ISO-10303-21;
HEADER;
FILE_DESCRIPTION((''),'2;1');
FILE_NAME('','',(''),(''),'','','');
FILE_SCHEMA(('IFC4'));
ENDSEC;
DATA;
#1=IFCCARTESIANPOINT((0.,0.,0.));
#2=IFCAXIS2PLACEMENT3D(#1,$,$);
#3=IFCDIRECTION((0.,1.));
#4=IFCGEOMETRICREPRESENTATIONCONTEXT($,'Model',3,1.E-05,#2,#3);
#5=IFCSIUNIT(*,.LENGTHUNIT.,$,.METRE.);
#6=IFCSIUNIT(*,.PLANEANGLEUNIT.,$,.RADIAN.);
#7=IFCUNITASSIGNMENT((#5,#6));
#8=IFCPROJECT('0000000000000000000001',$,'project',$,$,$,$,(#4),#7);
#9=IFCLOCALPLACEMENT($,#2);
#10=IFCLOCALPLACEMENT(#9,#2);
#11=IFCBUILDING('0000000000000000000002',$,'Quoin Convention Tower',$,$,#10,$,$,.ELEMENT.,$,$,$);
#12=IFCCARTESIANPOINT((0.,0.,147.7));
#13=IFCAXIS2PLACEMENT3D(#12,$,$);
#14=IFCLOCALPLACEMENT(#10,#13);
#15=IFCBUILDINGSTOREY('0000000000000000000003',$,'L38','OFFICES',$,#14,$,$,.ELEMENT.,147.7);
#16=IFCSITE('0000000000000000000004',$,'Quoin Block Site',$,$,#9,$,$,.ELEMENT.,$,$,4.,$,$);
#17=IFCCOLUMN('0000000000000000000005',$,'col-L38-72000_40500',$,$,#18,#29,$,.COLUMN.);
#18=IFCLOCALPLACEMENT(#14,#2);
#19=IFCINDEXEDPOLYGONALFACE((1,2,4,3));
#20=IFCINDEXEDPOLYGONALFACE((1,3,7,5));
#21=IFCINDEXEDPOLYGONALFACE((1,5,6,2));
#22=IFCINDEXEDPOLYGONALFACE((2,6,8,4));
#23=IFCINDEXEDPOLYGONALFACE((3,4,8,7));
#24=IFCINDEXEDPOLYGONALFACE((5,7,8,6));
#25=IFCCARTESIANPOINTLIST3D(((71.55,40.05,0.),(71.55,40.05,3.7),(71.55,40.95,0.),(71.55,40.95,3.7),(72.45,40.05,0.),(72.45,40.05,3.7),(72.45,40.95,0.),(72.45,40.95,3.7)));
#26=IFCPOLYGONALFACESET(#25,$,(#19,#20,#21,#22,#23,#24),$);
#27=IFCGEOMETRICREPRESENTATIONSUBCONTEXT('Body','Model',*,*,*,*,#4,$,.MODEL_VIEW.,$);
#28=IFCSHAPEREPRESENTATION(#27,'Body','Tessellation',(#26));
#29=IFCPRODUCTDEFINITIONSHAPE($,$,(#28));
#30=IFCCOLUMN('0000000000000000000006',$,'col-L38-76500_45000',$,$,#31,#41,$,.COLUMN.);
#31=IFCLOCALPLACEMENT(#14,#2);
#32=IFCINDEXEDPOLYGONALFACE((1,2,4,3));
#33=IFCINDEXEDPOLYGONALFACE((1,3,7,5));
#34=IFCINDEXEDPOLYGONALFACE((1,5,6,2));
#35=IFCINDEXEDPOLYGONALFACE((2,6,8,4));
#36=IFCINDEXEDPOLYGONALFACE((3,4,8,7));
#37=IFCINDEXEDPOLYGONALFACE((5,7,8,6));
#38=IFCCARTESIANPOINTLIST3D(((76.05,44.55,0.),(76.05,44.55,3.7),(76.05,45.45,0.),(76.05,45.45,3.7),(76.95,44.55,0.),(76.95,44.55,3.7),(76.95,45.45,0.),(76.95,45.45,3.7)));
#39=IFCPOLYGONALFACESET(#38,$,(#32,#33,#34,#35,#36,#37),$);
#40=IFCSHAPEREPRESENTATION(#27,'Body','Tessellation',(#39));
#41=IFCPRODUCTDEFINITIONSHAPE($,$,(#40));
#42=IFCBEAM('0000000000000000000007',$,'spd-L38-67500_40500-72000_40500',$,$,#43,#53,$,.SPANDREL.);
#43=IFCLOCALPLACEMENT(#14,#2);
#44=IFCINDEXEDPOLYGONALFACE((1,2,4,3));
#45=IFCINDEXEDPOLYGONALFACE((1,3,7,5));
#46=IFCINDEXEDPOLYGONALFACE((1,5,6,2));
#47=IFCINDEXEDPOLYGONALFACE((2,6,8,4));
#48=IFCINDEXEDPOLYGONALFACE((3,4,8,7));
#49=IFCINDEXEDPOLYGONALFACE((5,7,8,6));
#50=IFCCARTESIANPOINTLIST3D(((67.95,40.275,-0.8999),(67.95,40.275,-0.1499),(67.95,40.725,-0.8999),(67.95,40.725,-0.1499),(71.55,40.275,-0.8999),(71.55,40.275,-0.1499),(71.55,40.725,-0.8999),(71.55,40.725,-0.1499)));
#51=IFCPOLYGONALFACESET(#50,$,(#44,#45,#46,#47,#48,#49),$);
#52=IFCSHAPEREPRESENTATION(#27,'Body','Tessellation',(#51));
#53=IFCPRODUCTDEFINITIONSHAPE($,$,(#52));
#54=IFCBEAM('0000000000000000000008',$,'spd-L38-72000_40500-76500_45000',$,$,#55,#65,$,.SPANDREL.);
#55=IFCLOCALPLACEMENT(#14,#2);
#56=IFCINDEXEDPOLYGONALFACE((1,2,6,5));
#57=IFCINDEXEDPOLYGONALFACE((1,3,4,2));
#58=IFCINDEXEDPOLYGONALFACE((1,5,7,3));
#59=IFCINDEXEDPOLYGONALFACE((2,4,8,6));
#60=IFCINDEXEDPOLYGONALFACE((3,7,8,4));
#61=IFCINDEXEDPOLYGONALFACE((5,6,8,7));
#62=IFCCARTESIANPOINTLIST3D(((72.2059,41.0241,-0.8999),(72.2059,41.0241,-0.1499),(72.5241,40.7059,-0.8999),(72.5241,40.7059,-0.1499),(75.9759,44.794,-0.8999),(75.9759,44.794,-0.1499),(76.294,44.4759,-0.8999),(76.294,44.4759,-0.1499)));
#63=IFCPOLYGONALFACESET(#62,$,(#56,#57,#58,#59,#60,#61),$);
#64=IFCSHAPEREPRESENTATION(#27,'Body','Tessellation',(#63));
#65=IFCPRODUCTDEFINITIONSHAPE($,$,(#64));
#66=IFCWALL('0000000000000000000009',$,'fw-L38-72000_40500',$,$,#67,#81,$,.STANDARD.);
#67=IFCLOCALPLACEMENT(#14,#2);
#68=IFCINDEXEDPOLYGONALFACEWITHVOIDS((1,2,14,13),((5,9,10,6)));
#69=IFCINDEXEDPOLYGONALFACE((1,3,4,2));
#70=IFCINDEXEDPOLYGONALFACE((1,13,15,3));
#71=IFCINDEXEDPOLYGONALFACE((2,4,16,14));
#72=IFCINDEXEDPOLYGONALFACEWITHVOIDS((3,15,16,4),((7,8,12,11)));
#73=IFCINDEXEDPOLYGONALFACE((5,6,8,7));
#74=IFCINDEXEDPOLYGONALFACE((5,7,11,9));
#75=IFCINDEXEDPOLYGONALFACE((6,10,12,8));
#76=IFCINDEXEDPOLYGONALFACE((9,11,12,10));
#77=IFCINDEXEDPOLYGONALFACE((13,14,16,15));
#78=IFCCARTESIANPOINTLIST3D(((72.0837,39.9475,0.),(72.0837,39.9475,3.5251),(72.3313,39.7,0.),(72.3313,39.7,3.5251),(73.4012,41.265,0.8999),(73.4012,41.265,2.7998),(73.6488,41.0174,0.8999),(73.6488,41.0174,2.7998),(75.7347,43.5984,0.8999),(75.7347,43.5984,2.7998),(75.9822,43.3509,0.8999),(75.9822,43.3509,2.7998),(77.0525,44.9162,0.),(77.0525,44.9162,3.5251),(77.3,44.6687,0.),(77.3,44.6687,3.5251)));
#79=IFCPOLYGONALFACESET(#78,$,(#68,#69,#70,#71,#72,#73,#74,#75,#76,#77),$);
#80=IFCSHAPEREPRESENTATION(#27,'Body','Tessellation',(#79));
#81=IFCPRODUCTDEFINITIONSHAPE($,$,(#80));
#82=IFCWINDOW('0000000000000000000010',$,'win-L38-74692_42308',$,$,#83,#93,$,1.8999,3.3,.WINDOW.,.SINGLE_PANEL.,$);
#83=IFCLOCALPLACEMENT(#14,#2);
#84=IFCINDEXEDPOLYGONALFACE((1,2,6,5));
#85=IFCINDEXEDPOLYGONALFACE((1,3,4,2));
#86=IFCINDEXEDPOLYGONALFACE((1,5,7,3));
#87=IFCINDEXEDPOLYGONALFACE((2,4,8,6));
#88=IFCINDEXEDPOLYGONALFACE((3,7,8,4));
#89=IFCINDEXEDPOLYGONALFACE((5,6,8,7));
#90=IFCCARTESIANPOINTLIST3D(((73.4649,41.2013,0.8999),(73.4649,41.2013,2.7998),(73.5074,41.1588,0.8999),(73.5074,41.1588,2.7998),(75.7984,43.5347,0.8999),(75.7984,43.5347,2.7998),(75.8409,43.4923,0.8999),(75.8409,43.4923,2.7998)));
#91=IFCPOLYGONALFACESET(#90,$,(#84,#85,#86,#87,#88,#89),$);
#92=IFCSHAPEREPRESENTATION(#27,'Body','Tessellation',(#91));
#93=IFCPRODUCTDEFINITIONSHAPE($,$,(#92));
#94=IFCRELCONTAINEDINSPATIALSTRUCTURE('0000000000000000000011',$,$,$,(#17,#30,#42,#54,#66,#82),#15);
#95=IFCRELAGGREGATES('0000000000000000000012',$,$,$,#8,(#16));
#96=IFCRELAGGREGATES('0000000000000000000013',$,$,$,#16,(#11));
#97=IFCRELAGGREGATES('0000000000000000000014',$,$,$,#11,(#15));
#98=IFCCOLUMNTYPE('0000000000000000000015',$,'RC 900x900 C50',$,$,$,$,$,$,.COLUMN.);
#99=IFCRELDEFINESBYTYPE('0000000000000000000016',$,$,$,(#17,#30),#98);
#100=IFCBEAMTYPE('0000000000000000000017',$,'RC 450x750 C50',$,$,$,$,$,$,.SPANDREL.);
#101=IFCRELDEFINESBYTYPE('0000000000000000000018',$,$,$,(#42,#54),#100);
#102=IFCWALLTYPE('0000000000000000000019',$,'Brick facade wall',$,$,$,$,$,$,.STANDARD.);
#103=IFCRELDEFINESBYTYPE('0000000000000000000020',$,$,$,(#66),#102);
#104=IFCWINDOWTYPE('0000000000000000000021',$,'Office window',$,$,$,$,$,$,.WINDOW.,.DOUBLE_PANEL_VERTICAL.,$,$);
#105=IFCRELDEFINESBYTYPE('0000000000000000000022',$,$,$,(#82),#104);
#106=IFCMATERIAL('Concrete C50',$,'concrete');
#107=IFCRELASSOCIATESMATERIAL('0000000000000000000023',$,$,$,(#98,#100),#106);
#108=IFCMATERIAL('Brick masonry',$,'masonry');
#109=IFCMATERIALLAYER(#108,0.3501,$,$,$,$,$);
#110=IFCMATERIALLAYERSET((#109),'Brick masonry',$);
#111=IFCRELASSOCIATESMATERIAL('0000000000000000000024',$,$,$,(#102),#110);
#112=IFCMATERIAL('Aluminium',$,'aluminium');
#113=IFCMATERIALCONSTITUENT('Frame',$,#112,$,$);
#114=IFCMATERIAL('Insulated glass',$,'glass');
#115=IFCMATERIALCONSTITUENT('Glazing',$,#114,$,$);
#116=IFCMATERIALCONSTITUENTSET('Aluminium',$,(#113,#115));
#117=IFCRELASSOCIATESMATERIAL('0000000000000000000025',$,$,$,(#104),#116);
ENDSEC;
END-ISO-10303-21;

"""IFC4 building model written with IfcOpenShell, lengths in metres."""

from ifc_helpers import new_model, si_unit, direction, frame, frame_2d, origin, origin_2d, place, context, subcontext, project, spatial, rectangle, extrude, material, layer, layer_set, constituent, constituent_set, material_profile, profile_set, type_object, element, fill, save


model = new_model("IFC4")

# Units and contexts
model_context = context("Model", 3, precision=1e-05, world=origin(), true_north=direction((0.0, 1.0)))
body_context = subcontext(model_context, "Body", "Model", "MODEL_VIEW")
ifc_project = project(units=[si_unit("LENGTHUNIT", "METRE"), si_unit("PLANEANGLEUNIT", "RADIAN")], contexts=[model_context])

# Site, building, storey
site_placement = place(None, origin())
site = spatial("IfcSite", under=ifc_project, at=site_placement, Name="Quoin Block Site", CompositionType="ELEMENT", RefElevation=4.0)
building_placement = place(site_placement, origin())
building = spatial("IfcBuilding", under=site, at=building_placement, Name="Quoin Convention Tower", CompositionType="ELEMENT")
storey_placement = place(building_placement, frame((0.0, 0.0, 147.7)))
storey = spatial("IfcBuildingStorey", under=building, at=storey_placement, Name="L38", Description="OFFICES", CompositionType="ELEMENT", Elevation=147.7)

# Columns
ifc_material_1 = material(Name="Concrete C50", Category="concrete")
ifc_material_profile_1 = material_profile(ifc_material_1, rectangle(XDim=0.8999, YDim=0.8999, at=origin_2d()), Name="RC 900x900")
ifc_profile_set_1 = profile_set([ifc_material_profile_1], Name="Concrete C50")
column_type = type_object("IfcColumnType", Name="RC 900x900 C50", PredefinedType="COLUMN", material=ifc_profile_set_1)
for number, where, z_axis, x_axis, name in (
    (1, (72.0, 40.5, 0.0), (0.0, 0.0, 1.0), (1.0, 0.0, 0.0), "col-L38-72000_40500"),
    (2, (76.5, 45.0, 0.0), (0.0, 0.0, 1.0), (1.0, 0.0, 0.0), "col-L38-76500_45000"),
):
    element("IfcColumn", number, at=place(storey_placement, frame(where, z_axis=z_axis, x_axis=x_axis)), inside=storey, type_object=column_type, Name=name, PredefinedType="COLUMN", context=body_context, shape_type="SweptSolid", body=[
        extrude(rectangle(XDim=0.8999, YDim=0.8999, at=origin_2d()), origin(), (0.0, 0.0, 1.0), 3.7),
    ])

# Beams
ifc_material_profile_2 = material_profile(ifc_material_1, rectangle(XDim=0.45, YDim=0.75, at=origin_2d()), Name="RC 450x750")
ifc_profile_set_2 = profile_set([ifc_material_profile_2], Name="Concrete C50")
beam_type = type_object("IfcBeamType", Name="RC 450x750 C50", PredefinedType="SPANDREL", material=ifc_profile_set_2)
beam_1_placement = place(storey_placement, frame((67.95, 40.5, -0.5249), z_axis=(1.0, 0.0, 0.0), x_axis=(0.0, 1.0, 0.0)))
element("IfcBeam", 3, at=beam_1_placement, inside=storey, type_object=beam_type, Name="spd-L38-67500_40500-72000_40500", PredefinedType="SPANDREL", context=body_context, shape_type="SweptSolid", body=[
    extrude(rectangle(XDim=0.45, YDim=0.75, at=origin_2d()), origin(), (0.0, 0.0, 1.0), 3.6001),
])
beam_2_placement = place(storey_placement, frame((72.365, 40.865, -0.5249), z_axis=(0.707107, 0.707107, 0.0), x_axis=(-0.707107, 0.707107, 0.0)))
element("IfcBeam", 4, at=beam_2_placement, inside=storey, type_object=beam_type, Name="spd-L38-72000_40500-76500_45000", PredefinedType="SPANDREL", context=body_context, shape_type="SweptSolid", body=[
    extrude(rectangle(XDim=0.45, YDim=0.75, at=origin_2d()), origin(), (0.0, 0.0, 1.0), 5.3315),
])

# Wall, opening, window
ifc_material_2 = material(Name="Brick masonry", Category="masonry")
ifc_layer_1 = layer(ifc_material_2, 0.3501)
ifc_layer_set_1 = layer_set([ifc_layer_1], Name="Brick masonry")
wall_type_1 = type_object("IfcWallType", Name="Brick facade wall", PredefinedType="STANDARD", material=ifc_layer_set_1)
wall_1_placement = place(storey_placement, frame((72.2075, 39.8237, 0.0), z_axis=(0.0, 0.0, 1.0), x_axis=(0.707107, 0.707107, 0.0)))
wall_1 = element("IfcWall", 5, at=wall_1_placement, inside=storey, type_object=wall_type_1, Name="fw-L38-72000_40500", PredefinedType="STANDARD", context=body_context, shape_type="SweptSolid", body=[
    extrude(rectangle(XDim=7.0269, YDim=0.3501, at=frame_2d((3.5134, 0.0))), origin(), (0.0, 0.0, 1.0), 3.5251),
])
opening_1_placement = place(wall_1_placement, frame((1.8633, 0.0, 0.8999)))
opening_1 = element("IfcOpeningElement", 6, at=opening_1_placement, cuts=wall_1, PredefinedType="OPENING", context=body_context, shape_type="SweptSolid", body=[
    extrude(rectangle(XDim=3.3, YDim=1.8999, at=frame_2d((1.6499, 0.95))), frame((0.0, 0.1851, 0.0), z_axis=(0.0, -1.0, 0.0), x_axis=(1.0, 0.0, 0.0)), (0.0, 0.0, 1.0), 0.3701),
])
ifc_material_3 = material(Name="Aluminium", Category="aluminium")
ifc_constituent_1 = constituent(ifc_material_3, Name="Frame")
ifc_material_4 = material(Name="Insulated glass", Category="glass")
ifc_constituent_2 = constituent(ifc_material_4, Name="Glazing")
ifc_constituent_set = constituent_set(constituents=[ifc_constituent_1, ifc_constituent_2], Name="Aluminium")
window_type = type_object("IfcWindowType", Name="Office window", PartitioningType="DOUBLE_PANEL_VERTICAL", PredefinedType="WINDOW", material=ifc_constituent_set)
window_1_placement = place(opening_1_placement, origin())
window_1 = element("IfcWindow", 7, at=window_1_placement, inside=storey, type_object=window_type, Name="win-L38-74692_42308", OverallHeight=1.8999, OverallWidth=3.3, PartitioningType="SINGLE_PANEL", PredefinedType="WINDOW", context=body_context, shape_type="SweptSolid", body=[
    extrude(rectangle(XDim=3.3, YDim=1.8999, at=frame_2d((1.6499, 0.95))), frame((0.0, 0.085, 0.0), z_axis=(0.0, -1.0, 0.0), x_axis=(1.0, 0.0, 0.0)), (0.0, 0.0, 1.0), 0.0601),
])
fill(opening_1, window_1)

save(model, "model.ifc")
